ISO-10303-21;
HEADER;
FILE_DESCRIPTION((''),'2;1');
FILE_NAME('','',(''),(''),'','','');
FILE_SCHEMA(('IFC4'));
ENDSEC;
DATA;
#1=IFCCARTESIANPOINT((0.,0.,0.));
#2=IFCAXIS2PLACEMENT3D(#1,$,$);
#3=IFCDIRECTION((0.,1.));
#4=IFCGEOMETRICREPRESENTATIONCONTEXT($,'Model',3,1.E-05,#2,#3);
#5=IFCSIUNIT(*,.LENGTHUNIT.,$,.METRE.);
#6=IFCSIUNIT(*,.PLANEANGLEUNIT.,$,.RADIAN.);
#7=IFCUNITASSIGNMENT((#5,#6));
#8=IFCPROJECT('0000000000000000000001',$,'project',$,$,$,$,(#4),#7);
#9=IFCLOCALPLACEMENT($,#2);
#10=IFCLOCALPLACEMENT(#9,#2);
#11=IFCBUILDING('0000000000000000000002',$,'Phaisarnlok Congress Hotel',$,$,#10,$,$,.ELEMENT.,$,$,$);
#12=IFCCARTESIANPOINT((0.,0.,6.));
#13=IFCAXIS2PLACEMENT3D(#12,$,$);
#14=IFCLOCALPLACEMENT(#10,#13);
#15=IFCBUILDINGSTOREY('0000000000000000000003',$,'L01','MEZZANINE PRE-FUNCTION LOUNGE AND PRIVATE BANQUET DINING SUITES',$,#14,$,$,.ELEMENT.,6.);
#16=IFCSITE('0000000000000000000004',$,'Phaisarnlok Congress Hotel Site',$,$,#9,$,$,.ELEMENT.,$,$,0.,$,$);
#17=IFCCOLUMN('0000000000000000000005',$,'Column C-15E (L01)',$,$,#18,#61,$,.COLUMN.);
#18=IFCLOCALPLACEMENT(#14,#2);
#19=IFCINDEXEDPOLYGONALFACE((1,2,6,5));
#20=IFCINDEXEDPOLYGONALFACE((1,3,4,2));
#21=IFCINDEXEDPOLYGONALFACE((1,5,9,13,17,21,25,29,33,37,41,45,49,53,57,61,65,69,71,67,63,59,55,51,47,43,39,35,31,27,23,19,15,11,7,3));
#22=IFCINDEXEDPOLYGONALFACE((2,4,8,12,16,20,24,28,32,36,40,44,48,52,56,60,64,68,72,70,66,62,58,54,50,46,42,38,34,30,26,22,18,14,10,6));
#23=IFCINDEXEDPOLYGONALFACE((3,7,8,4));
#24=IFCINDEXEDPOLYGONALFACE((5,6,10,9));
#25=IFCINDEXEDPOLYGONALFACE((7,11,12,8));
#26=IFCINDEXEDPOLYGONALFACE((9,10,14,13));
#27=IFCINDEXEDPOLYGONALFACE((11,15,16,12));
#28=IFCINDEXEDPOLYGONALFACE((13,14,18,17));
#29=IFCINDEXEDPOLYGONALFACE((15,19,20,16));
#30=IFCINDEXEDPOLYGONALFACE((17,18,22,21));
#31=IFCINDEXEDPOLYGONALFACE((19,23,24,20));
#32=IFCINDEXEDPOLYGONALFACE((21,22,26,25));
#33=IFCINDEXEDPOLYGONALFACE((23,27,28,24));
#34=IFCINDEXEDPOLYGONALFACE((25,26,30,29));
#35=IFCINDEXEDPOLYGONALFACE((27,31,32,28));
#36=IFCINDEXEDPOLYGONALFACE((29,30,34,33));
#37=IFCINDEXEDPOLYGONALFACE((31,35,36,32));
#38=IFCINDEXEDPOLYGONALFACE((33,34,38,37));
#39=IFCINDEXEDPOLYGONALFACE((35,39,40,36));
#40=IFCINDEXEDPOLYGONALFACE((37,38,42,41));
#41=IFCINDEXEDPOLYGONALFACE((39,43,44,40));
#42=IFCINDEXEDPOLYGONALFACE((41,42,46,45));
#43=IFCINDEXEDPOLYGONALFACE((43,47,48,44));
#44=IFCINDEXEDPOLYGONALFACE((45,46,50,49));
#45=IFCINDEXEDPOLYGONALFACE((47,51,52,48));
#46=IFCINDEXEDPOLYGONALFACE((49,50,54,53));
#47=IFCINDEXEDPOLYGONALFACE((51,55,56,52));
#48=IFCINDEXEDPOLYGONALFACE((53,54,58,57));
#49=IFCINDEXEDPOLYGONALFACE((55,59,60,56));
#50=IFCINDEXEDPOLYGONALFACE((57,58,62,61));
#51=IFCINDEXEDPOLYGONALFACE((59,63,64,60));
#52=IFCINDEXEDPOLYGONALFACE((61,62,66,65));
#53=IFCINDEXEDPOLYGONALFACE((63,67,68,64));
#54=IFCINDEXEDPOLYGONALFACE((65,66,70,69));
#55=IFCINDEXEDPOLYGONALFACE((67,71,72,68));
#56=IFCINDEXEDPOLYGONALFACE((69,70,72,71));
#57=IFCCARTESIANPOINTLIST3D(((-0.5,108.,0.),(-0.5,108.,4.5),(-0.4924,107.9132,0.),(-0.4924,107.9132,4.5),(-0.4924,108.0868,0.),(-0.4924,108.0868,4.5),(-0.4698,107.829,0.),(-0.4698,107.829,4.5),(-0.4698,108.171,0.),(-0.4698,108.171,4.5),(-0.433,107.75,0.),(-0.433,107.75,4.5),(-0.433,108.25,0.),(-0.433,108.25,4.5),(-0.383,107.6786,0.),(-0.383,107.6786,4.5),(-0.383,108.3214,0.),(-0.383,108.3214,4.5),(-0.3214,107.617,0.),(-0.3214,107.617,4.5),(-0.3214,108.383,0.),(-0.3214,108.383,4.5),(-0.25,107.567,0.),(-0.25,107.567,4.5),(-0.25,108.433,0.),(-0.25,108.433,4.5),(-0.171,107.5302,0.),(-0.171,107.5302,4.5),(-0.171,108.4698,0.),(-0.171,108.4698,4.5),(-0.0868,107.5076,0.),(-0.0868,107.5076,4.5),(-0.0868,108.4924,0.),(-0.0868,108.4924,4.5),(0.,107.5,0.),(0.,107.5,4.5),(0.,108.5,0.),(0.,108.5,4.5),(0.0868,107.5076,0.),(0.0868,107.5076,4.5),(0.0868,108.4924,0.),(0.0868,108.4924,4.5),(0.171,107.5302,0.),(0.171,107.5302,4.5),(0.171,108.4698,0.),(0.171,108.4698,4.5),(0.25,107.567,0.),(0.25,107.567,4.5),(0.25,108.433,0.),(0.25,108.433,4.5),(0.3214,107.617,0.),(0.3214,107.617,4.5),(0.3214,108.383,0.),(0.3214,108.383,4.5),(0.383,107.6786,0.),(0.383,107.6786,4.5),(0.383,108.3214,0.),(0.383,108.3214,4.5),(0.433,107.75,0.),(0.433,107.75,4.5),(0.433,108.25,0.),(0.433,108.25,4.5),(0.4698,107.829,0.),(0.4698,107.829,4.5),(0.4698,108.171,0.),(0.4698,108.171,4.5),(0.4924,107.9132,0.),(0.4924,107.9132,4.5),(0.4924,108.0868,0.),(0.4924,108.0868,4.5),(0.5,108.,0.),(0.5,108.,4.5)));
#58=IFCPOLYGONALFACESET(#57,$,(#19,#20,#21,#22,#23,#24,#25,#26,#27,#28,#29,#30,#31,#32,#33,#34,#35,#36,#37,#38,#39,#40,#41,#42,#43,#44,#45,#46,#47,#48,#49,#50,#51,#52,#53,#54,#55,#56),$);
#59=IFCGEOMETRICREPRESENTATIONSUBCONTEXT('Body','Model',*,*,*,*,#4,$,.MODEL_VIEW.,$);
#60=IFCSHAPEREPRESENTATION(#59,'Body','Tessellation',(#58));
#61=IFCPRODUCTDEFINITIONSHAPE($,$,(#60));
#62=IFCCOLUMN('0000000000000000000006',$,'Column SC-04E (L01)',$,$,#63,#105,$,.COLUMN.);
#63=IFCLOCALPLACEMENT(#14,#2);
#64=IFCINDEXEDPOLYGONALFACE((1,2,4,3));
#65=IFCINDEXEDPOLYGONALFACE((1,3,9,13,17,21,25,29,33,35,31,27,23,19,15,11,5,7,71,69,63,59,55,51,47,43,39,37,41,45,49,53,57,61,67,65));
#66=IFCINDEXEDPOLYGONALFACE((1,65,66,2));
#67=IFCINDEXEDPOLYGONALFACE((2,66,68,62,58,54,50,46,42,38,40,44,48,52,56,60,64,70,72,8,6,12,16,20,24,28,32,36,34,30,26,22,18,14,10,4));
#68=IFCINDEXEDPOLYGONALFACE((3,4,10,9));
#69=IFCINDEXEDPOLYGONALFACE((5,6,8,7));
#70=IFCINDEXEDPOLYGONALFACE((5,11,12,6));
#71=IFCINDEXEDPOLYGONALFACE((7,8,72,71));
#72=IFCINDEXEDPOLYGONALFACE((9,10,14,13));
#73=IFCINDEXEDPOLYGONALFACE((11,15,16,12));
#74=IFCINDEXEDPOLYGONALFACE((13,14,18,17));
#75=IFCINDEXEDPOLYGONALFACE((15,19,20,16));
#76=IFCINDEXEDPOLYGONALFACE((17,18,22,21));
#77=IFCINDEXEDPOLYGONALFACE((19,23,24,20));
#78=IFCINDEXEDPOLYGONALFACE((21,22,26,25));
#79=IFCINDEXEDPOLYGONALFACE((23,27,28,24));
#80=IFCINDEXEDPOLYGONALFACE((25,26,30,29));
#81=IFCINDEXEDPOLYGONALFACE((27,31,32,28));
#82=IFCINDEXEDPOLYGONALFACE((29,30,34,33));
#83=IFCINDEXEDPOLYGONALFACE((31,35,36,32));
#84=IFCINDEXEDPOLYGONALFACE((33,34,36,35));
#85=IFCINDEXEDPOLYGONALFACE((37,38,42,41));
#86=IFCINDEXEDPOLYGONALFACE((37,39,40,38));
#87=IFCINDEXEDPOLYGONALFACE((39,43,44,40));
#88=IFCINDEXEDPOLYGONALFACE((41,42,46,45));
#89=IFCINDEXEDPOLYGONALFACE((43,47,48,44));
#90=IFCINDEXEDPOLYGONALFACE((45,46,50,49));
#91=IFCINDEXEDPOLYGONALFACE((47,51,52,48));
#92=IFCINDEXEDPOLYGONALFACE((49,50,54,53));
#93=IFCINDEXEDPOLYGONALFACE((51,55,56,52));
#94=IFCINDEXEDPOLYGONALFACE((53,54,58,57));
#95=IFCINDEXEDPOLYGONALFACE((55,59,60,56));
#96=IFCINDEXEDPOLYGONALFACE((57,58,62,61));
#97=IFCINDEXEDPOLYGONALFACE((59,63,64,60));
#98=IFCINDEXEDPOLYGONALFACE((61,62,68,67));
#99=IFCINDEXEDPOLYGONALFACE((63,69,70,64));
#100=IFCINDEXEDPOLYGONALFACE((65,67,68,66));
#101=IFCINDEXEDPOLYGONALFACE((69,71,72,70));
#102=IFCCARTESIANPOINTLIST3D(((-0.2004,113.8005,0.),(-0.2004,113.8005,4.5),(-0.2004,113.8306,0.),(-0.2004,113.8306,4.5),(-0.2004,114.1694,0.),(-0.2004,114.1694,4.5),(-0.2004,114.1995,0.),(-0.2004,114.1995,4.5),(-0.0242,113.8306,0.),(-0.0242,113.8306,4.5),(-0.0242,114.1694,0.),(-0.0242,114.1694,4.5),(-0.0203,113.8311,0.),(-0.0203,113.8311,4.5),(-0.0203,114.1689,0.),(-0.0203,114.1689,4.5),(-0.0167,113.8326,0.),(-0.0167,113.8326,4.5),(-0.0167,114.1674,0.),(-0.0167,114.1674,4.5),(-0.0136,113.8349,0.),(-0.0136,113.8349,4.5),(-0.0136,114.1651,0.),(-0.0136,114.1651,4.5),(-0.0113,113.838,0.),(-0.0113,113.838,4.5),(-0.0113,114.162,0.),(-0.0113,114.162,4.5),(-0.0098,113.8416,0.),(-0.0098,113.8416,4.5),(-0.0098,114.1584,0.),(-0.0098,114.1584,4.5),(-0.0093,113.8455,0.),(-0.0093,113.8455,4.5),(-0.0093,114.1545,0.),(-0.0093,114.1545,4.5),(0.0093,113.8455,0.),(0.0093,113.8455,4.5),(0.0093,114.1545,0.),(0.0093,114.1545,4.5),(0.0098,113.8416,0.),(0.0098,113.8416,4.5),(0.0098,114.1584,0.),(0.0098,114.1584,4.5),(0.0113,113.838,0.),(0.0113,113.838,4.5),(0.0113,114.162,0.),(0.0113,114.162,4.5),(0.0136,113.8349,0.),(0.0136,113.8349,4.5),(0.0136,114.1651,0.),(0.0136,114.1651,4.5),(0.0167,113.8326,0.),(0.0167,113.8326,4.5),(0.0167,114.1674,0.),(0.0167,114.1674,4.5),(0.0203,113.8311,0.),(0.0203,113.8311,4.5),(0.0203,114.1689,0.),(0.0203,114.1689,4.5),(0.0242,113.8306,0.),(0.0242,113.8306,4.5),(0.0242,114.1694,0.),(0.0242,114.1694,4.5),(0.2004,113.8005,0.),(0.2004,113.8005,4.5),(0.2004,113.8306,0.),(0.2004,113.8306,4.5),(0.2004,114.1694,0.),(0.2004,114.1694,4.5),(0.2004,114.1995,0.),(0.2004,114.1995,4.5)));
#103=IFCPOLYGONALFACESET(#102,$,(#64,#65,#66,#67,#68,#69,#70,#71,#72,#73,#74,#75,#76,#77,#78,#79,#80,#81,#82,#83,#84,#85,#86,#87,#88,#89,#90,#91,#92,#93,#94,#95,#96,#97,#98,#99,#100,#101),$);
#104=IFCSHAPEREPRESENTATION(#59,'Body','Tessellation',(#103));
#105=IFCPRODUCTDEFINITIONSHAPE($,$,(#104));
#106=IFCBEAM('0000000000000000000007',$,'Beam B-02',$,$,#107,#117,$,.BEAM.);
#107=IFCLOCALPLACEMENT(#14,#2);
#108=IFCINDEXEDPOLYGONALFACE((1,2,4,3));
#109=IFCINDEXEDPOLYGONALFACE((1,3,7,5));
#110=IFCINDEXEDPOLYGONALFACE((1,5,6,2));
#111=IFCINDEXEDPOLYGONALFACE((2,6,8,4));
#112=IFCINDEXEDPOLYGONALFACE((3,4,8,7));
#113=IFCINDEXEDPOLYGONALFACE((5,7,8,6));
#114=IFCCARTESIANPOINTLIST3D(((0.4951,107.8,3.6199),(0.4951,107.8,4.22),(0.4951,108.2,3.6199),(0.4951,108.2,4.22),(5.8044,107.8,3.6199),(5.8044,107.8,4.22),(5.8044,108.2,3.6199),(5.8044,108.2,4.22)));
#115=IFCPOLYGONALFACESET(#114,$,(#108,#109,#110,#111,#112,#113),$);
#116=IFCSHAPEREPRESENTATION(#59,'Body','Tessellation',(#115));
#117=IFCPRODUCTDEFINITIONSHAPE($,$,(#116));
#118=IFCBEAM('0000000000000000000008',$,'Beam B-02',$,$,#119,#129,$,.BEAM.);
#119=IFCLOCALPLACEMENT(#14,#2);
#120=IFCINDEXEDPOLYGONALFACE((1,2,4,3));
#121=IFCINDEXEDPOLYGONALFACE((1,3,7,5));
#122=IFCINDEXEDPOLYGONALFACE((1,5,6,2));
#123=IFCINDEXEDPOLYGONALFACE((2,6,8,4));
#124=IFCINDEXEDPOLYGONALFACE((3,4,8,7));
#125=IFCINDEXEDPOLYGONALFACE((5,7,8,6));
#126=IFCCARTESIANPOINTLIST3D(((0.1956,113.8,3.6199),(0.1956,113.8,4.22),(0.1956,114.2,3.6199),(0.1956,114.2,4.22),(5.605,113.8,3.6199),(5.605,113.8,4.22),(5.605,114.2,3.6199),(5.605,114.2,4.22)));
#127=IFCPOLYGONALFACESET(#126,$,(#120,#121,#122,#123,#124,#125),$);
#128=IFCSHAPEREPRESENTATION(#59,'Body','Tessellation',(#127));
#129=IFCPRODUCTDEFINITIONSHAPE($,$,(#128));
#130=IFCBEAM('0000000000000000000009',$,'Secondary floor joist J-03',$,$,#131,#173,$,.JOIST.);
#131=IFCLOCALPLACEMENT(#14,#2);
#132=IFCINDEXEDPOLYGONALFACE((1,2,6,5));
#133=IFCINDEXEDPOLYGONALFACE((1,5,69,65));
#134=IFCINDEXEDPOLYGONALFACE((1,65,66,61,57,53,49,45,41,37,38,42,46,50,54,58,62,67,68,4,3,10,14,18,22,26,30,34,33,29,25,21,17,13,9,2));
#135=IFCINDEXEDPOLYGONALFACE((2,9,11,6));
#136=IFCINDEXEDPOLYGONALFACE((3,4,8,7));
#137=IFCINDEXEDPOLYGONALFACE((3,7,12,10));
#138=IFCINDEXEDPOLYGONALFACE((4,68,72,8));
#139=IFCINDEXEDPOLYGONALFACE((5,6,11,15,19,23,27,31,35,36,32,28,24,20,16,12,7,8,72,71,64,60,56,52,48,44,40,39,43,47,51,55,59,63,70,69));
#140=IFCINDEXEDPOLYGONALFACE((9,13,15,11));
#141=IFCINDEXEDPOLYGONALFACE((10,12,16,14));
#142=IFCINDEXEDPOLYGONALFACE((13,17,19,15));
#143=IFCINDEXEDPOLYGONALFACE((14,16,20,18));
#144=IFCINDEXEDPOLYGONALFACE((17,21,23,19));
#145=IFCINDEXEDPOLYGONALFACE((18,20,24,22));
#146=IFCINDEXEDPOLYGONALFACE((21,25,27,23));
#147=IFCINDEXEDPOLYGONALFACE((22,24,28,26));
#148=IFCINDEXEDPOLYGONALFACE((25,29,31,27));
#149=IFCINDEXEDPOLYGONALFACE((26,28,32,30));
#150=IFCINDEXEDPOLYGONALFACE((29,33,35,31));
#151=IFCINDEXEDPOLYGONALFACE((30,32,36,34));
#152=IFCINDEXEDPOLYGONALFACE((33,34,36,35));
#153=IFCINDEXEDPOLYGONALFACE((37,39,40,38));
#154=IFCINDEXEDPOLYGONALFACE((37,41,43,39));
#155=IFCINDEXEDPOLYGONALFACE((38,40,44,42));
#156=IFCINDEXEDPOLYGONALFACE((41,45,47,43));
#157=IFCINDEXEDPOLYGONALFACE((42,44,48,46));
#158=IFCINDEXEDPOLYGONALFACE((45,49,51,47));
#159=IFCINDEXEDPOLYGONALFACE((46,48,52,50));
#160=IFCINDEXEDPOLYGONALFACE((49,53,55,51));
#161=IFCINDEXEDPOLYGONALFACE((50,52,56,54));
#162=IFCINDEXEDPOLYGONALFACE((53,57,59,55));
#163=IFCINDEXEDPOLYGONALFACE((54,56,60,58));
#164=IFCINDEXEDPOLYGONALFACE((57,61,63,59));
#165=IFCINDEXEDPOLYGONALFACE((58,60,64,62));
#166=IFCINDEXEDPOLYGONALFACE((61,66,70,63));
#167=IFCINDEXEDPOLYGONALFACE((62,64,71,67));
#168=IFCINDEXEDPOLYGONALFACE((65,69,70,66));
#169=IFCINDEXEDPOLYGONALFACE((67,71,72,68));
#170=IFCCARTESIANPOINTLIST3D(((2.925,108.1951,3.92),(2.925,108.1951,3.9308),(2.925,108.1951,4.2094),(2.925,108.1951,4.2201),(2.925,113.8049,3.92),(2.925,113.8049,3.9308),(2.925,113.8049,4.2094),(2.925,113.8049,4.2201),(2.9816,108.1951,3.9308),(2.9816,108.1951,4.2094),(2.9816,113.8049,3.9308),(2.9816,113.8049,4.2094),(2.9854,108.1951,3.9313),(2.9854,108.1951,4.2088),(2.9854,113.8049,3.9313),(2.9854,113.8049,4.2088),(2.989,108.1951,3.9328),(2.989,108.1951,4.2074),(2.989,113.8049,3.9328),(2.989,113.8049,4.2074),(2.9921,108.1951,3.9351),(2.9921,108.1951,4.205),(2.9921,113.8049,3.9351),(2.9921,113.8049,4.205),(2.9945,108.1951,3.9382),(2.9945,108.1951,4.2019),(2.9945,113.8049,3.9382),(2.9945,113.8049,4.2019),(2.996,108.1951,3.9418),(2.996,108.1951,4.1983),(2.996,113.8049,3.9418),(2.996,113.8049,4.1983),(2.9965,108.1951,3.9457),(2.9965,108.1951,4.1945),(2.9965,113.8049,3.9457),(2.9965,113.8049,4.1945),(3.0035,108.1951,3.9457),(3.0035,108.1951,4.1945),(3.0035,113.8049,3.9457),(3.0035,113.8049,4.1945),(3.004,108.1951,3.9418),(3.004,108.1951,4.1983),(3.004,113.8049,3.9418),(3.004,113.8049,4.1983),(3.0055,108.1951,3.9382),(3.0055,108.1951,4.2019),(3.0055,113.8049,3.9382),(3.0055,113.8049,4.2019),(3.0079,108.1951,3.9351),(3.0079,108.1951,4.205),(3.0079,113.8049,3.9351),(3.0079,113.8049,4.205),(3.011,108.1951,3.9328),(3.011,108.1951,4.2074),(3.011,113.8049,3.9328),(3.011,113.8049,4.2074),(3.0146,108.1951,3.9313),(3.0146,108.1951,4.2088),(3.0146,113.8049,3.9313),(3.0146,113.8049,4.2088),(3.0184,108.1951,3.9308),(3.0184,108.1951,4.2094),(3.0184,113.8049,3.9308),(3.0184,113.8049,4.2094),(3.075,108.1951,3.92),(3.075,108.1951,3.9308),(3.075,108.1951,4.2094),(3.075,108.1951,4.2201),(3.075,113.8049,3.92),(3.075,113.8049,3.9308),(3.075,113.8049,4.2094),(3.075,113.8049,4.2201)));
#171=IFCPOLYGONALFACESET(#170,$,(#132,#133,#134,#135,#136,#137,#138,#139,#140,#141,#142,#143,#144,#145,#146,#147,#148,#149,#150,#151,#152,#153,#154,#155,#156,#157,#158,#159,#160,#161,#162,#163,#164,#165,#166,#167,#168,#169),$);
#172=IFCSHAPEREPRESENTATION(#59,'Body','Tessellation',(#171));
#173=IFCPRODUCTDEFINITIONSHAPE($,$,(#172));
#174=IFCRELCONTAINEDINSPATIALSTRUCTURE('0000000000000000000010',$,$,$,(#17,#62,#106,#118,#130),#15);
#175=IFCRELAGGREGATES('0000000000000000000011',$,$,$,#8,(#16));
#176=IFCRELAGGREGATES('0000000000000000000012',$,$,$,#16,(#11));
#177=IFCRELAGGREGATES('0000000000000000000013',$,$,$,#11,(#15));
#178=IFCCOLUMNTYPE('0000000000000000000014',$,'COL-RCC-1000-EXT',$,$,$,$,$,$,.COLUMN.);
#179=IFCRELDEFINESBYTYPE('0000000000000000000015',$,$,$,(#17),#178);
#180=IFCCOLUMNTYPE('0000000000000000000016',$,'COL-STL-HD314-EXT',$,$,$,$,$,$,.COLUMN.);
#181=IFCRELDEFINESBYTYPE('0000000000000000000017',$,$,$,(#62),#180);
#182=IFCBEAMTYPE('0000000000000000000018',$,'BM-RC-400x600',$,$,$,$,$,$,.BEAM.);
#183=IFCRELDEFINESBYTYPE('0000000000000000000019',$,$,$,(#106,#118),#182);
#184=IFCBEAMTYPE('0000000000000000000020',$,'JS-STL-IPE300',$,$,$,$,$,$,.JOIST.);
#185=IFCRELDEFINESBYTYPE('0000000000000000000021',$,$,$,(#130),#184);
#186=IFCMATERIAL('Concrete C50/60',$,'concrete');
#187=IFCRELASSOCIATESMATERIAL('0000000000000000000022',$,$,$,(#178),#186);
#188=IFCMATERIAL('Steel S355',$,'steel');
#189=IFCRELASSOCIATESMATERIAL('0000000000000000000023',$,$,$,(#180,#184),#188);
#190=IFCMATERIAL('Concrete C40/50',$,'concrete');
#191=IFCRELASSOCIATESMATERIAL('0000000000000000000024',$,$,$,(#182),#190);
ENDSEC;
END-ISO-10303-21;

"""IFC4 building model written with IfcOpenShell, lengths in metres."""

from ifc_helpers import new_model, si_unit, direction, frame, origin, origin_2d, place, context, subcontext, project, spatial, rectangle, circle, i_section, extrude, material, material_profile, profile_set, type_object, element, save


model = new_model("IFC4")

# Units and contexts
model_context = context("Model", 3, precision=1e-05, world=origin(), true_north=direction((0.0, 1.0)))
body_context = subcontext(model_context, "Body", "Model", "MODEL_VIEW")
ifc_project = project(units=[si_unit("LENGTHUNIT", "METRE"), si_unit("PLANEANGLEUNIT", "RADIAN")], contexts=[model_context])

# Site, building, storey
site_placement = place(None, origin())
site = spatial("IfcSite", under=ifc_project, at=site_placement, Name="Phaisarnlok Congress Hotel Site", CompositionType="ELEMENT", RefElevation=0.0)
building_placement = place(site_placement, origin())
building = spatial("IfcBuilding", under=site, at=building_placement, Name="Phaisarnlok Congress Hotel", CompositionType="ELEMENT")
storey_placement = place(building_placement, frame((0.0, 0.0, 6.0)))
storey = spatial("IfcBuildingStorey", under=building, at=storey_placement, Name="L01", Description="MEZZANINE PRE-FUNCTION LOUNGE AND PRIVATE BANQUET DINING SUITES", CompositionType="ELEMENT", Elevation=6.0)

# Columns
ifc_material_1 = material(Name="Concrete C50/60", Category="concrete")
ifc_material_profile_1 = material_profile(ifc_material_1, circle(Radius=0.5, at=origin_2d()), Name="RCC D1000")
ifc_profile_set_1 = profile_set([ifc_material_profile_1], Name="Concrete C50/60")
column_type_1 = type_object("IfcColumnType", Name="COL-RCC-1000-EXT", PredefinedType="COLUMN", material=ifc_profile_set_1)
column_1_placement = place(storey_placement, frame((0.0, 108.0, 0.0), z_axis=(0.0, 0.0, 1.0), x_axis=(1.0, 0.0, 0.0)))
element("IfcColumn", 1, at=column_1_placement, inside=storey, type_object=column_type_1, Name="Column C-15E (L01)", PredefinedType="COLUMN", context=body_context, shape_type="SweptSolid", body=[
    extrude(circle(Radius=0.5, at=origin_2d()), origin(), (0.0, 0.0, 1.0), 4.5),
])
ifc_material_2 = material(Name="Steel S355", Category="steel")
ifc_material_profile_2 = material_profile(ifc_material_2, i_section(OverallWidth=0.4009, OverallDepth=0.3989, WebThickness=0.0186, FlangeThickness=0.03, FilletRadius=0.0149, at=origin_2d()), Name="HD 400x314")
ifc_profile_set_2 = profile_set([ifc_material_profile_2], Name="Steel S355")
column_type_2 = type_object("IfcColumnType", Name="COL-STL-HD314-EXT", PredefinedType="COLUMN", material=ifc_profile_set_2)
column_2_placement = place(storey_placement, frame((0.0, 114.0, 0.0), z_axis=(0.0, 0.0, 1.0), x_axis=(1.0, 0.0, 0.0)))
element("IfcColumn", 2, at=column_2_placement, inside=storey, type_object=column_type_2, Name="Column SC-04E (L01)", PredefinedType="COLUMN", context=body_context, shape_type="SweptSolid", body=[
    extrude(i_section(OverallWidth=0.4009, OverallDepth=0.3989, WebThickness=0.0186, FlangeThickness=0.03, FilletRadius=0.0149, at=origin_2d()), origin(), (0.0, 0.0, 1.0), 4.5),
])

# Beams
ifc_material_3 = material(Name="Concrete C40/50", Category="concrete")
ifc_material_profile_3 = material_profile(ifc_material_3, rectangle(XDim=0.3999, YDim=0.6001, at=origin_2d()), Name="RC 400x600")
ifc_profile_set_3 = profile_set([ifc_material_profile_3], Name="Concrete C40/50")
beam_type_1 = type_object("IfcBeamType", Name="BM-RC-400x600", PredefinedType="BEAM", material=ifc_profile_set_3)
beam_1_placement = place(storey_placement, frame((0.4951, 108.0, 3.9199), z_axis=(1.0, 0.0, 0.0), x_axis=(0.0, 1.0, 0.0)))
element("IfcBeam", 3, at=beam_1_placement, inside=storey, type_object=beam_type_1, Name="Beam B-02", PredefinedType="BEAM", context=body_context, shape_type="SweptSolid", body=[
    extrude(rectangle(XDim=0.3999, YDim=0.6001, at=origin_2d()), origin(), (0.0, 0.0, 1.0), 5.3093),
])
beam_2_placement = place(storey_placement, frame((0.1956, 114.0, 3.9199), z_axis=(1.0, 0.0, 0.0), x_axis=(0.0, 1.0, 0.0)))
element("IfcBeam", 4, at=beam_2_placement, inside=storey, type_object=beam_type_1, Name="Beam B-02", PredefinedType="BEAM", context=body_context, shape_type="SweptSolid", body=[
    extrude(rectangle(XDim=0.3999, YDim=0.6001, at=origin_2d()), origin(), (0.0, 0.0, 1.0), 5.4094),
])
ifc_material_profile_4 = material_profile(ifc_material_2, i_section(OverallWidth=0.1499, OverallDepth=0.3, WebThickness=0.0071, FlangeThickness=0.0107, FilletRadius=0.0149, at=origin_2d()), Name="IPE 300")
ifc_profile_set_4 = profile_set([ifc_material_profile_4], Name="Steel S355")
beam_type_2 = type_object("IfcBeamType", Name="JS-STL-IPE300", PredefinedType="JOIST", material=ifc_profile_set_4)
for number, where, z_axis, x_axis, name in (
    (5, (3.0, 108.1951, 4.0701), (0.0, 1.0, 0.0), (-1.0, 0.0, 0.0), "Secondary floor joist J-03"),
):
    element("IfcBeam", number, at=place(storey_placement, frame(where, z_axis=z_axis, x_axis=x_axis)), inside=storey, type_object=beam_type_2, Name=name, PredefinedType="JOIST", context=body_context, shape_type="SweptSolid", body=[
        extrude(i_section(OverallWidth=0.1499, OverallDepth=0.3, WebThickness=0.0071, FlangeThickness=0.0107, FilletRadius=0.0149, at=origin_2d()), origin(), (0.0, 0.0, 1.0), 5.6099),
    ])

save(model, "model.ifc")
